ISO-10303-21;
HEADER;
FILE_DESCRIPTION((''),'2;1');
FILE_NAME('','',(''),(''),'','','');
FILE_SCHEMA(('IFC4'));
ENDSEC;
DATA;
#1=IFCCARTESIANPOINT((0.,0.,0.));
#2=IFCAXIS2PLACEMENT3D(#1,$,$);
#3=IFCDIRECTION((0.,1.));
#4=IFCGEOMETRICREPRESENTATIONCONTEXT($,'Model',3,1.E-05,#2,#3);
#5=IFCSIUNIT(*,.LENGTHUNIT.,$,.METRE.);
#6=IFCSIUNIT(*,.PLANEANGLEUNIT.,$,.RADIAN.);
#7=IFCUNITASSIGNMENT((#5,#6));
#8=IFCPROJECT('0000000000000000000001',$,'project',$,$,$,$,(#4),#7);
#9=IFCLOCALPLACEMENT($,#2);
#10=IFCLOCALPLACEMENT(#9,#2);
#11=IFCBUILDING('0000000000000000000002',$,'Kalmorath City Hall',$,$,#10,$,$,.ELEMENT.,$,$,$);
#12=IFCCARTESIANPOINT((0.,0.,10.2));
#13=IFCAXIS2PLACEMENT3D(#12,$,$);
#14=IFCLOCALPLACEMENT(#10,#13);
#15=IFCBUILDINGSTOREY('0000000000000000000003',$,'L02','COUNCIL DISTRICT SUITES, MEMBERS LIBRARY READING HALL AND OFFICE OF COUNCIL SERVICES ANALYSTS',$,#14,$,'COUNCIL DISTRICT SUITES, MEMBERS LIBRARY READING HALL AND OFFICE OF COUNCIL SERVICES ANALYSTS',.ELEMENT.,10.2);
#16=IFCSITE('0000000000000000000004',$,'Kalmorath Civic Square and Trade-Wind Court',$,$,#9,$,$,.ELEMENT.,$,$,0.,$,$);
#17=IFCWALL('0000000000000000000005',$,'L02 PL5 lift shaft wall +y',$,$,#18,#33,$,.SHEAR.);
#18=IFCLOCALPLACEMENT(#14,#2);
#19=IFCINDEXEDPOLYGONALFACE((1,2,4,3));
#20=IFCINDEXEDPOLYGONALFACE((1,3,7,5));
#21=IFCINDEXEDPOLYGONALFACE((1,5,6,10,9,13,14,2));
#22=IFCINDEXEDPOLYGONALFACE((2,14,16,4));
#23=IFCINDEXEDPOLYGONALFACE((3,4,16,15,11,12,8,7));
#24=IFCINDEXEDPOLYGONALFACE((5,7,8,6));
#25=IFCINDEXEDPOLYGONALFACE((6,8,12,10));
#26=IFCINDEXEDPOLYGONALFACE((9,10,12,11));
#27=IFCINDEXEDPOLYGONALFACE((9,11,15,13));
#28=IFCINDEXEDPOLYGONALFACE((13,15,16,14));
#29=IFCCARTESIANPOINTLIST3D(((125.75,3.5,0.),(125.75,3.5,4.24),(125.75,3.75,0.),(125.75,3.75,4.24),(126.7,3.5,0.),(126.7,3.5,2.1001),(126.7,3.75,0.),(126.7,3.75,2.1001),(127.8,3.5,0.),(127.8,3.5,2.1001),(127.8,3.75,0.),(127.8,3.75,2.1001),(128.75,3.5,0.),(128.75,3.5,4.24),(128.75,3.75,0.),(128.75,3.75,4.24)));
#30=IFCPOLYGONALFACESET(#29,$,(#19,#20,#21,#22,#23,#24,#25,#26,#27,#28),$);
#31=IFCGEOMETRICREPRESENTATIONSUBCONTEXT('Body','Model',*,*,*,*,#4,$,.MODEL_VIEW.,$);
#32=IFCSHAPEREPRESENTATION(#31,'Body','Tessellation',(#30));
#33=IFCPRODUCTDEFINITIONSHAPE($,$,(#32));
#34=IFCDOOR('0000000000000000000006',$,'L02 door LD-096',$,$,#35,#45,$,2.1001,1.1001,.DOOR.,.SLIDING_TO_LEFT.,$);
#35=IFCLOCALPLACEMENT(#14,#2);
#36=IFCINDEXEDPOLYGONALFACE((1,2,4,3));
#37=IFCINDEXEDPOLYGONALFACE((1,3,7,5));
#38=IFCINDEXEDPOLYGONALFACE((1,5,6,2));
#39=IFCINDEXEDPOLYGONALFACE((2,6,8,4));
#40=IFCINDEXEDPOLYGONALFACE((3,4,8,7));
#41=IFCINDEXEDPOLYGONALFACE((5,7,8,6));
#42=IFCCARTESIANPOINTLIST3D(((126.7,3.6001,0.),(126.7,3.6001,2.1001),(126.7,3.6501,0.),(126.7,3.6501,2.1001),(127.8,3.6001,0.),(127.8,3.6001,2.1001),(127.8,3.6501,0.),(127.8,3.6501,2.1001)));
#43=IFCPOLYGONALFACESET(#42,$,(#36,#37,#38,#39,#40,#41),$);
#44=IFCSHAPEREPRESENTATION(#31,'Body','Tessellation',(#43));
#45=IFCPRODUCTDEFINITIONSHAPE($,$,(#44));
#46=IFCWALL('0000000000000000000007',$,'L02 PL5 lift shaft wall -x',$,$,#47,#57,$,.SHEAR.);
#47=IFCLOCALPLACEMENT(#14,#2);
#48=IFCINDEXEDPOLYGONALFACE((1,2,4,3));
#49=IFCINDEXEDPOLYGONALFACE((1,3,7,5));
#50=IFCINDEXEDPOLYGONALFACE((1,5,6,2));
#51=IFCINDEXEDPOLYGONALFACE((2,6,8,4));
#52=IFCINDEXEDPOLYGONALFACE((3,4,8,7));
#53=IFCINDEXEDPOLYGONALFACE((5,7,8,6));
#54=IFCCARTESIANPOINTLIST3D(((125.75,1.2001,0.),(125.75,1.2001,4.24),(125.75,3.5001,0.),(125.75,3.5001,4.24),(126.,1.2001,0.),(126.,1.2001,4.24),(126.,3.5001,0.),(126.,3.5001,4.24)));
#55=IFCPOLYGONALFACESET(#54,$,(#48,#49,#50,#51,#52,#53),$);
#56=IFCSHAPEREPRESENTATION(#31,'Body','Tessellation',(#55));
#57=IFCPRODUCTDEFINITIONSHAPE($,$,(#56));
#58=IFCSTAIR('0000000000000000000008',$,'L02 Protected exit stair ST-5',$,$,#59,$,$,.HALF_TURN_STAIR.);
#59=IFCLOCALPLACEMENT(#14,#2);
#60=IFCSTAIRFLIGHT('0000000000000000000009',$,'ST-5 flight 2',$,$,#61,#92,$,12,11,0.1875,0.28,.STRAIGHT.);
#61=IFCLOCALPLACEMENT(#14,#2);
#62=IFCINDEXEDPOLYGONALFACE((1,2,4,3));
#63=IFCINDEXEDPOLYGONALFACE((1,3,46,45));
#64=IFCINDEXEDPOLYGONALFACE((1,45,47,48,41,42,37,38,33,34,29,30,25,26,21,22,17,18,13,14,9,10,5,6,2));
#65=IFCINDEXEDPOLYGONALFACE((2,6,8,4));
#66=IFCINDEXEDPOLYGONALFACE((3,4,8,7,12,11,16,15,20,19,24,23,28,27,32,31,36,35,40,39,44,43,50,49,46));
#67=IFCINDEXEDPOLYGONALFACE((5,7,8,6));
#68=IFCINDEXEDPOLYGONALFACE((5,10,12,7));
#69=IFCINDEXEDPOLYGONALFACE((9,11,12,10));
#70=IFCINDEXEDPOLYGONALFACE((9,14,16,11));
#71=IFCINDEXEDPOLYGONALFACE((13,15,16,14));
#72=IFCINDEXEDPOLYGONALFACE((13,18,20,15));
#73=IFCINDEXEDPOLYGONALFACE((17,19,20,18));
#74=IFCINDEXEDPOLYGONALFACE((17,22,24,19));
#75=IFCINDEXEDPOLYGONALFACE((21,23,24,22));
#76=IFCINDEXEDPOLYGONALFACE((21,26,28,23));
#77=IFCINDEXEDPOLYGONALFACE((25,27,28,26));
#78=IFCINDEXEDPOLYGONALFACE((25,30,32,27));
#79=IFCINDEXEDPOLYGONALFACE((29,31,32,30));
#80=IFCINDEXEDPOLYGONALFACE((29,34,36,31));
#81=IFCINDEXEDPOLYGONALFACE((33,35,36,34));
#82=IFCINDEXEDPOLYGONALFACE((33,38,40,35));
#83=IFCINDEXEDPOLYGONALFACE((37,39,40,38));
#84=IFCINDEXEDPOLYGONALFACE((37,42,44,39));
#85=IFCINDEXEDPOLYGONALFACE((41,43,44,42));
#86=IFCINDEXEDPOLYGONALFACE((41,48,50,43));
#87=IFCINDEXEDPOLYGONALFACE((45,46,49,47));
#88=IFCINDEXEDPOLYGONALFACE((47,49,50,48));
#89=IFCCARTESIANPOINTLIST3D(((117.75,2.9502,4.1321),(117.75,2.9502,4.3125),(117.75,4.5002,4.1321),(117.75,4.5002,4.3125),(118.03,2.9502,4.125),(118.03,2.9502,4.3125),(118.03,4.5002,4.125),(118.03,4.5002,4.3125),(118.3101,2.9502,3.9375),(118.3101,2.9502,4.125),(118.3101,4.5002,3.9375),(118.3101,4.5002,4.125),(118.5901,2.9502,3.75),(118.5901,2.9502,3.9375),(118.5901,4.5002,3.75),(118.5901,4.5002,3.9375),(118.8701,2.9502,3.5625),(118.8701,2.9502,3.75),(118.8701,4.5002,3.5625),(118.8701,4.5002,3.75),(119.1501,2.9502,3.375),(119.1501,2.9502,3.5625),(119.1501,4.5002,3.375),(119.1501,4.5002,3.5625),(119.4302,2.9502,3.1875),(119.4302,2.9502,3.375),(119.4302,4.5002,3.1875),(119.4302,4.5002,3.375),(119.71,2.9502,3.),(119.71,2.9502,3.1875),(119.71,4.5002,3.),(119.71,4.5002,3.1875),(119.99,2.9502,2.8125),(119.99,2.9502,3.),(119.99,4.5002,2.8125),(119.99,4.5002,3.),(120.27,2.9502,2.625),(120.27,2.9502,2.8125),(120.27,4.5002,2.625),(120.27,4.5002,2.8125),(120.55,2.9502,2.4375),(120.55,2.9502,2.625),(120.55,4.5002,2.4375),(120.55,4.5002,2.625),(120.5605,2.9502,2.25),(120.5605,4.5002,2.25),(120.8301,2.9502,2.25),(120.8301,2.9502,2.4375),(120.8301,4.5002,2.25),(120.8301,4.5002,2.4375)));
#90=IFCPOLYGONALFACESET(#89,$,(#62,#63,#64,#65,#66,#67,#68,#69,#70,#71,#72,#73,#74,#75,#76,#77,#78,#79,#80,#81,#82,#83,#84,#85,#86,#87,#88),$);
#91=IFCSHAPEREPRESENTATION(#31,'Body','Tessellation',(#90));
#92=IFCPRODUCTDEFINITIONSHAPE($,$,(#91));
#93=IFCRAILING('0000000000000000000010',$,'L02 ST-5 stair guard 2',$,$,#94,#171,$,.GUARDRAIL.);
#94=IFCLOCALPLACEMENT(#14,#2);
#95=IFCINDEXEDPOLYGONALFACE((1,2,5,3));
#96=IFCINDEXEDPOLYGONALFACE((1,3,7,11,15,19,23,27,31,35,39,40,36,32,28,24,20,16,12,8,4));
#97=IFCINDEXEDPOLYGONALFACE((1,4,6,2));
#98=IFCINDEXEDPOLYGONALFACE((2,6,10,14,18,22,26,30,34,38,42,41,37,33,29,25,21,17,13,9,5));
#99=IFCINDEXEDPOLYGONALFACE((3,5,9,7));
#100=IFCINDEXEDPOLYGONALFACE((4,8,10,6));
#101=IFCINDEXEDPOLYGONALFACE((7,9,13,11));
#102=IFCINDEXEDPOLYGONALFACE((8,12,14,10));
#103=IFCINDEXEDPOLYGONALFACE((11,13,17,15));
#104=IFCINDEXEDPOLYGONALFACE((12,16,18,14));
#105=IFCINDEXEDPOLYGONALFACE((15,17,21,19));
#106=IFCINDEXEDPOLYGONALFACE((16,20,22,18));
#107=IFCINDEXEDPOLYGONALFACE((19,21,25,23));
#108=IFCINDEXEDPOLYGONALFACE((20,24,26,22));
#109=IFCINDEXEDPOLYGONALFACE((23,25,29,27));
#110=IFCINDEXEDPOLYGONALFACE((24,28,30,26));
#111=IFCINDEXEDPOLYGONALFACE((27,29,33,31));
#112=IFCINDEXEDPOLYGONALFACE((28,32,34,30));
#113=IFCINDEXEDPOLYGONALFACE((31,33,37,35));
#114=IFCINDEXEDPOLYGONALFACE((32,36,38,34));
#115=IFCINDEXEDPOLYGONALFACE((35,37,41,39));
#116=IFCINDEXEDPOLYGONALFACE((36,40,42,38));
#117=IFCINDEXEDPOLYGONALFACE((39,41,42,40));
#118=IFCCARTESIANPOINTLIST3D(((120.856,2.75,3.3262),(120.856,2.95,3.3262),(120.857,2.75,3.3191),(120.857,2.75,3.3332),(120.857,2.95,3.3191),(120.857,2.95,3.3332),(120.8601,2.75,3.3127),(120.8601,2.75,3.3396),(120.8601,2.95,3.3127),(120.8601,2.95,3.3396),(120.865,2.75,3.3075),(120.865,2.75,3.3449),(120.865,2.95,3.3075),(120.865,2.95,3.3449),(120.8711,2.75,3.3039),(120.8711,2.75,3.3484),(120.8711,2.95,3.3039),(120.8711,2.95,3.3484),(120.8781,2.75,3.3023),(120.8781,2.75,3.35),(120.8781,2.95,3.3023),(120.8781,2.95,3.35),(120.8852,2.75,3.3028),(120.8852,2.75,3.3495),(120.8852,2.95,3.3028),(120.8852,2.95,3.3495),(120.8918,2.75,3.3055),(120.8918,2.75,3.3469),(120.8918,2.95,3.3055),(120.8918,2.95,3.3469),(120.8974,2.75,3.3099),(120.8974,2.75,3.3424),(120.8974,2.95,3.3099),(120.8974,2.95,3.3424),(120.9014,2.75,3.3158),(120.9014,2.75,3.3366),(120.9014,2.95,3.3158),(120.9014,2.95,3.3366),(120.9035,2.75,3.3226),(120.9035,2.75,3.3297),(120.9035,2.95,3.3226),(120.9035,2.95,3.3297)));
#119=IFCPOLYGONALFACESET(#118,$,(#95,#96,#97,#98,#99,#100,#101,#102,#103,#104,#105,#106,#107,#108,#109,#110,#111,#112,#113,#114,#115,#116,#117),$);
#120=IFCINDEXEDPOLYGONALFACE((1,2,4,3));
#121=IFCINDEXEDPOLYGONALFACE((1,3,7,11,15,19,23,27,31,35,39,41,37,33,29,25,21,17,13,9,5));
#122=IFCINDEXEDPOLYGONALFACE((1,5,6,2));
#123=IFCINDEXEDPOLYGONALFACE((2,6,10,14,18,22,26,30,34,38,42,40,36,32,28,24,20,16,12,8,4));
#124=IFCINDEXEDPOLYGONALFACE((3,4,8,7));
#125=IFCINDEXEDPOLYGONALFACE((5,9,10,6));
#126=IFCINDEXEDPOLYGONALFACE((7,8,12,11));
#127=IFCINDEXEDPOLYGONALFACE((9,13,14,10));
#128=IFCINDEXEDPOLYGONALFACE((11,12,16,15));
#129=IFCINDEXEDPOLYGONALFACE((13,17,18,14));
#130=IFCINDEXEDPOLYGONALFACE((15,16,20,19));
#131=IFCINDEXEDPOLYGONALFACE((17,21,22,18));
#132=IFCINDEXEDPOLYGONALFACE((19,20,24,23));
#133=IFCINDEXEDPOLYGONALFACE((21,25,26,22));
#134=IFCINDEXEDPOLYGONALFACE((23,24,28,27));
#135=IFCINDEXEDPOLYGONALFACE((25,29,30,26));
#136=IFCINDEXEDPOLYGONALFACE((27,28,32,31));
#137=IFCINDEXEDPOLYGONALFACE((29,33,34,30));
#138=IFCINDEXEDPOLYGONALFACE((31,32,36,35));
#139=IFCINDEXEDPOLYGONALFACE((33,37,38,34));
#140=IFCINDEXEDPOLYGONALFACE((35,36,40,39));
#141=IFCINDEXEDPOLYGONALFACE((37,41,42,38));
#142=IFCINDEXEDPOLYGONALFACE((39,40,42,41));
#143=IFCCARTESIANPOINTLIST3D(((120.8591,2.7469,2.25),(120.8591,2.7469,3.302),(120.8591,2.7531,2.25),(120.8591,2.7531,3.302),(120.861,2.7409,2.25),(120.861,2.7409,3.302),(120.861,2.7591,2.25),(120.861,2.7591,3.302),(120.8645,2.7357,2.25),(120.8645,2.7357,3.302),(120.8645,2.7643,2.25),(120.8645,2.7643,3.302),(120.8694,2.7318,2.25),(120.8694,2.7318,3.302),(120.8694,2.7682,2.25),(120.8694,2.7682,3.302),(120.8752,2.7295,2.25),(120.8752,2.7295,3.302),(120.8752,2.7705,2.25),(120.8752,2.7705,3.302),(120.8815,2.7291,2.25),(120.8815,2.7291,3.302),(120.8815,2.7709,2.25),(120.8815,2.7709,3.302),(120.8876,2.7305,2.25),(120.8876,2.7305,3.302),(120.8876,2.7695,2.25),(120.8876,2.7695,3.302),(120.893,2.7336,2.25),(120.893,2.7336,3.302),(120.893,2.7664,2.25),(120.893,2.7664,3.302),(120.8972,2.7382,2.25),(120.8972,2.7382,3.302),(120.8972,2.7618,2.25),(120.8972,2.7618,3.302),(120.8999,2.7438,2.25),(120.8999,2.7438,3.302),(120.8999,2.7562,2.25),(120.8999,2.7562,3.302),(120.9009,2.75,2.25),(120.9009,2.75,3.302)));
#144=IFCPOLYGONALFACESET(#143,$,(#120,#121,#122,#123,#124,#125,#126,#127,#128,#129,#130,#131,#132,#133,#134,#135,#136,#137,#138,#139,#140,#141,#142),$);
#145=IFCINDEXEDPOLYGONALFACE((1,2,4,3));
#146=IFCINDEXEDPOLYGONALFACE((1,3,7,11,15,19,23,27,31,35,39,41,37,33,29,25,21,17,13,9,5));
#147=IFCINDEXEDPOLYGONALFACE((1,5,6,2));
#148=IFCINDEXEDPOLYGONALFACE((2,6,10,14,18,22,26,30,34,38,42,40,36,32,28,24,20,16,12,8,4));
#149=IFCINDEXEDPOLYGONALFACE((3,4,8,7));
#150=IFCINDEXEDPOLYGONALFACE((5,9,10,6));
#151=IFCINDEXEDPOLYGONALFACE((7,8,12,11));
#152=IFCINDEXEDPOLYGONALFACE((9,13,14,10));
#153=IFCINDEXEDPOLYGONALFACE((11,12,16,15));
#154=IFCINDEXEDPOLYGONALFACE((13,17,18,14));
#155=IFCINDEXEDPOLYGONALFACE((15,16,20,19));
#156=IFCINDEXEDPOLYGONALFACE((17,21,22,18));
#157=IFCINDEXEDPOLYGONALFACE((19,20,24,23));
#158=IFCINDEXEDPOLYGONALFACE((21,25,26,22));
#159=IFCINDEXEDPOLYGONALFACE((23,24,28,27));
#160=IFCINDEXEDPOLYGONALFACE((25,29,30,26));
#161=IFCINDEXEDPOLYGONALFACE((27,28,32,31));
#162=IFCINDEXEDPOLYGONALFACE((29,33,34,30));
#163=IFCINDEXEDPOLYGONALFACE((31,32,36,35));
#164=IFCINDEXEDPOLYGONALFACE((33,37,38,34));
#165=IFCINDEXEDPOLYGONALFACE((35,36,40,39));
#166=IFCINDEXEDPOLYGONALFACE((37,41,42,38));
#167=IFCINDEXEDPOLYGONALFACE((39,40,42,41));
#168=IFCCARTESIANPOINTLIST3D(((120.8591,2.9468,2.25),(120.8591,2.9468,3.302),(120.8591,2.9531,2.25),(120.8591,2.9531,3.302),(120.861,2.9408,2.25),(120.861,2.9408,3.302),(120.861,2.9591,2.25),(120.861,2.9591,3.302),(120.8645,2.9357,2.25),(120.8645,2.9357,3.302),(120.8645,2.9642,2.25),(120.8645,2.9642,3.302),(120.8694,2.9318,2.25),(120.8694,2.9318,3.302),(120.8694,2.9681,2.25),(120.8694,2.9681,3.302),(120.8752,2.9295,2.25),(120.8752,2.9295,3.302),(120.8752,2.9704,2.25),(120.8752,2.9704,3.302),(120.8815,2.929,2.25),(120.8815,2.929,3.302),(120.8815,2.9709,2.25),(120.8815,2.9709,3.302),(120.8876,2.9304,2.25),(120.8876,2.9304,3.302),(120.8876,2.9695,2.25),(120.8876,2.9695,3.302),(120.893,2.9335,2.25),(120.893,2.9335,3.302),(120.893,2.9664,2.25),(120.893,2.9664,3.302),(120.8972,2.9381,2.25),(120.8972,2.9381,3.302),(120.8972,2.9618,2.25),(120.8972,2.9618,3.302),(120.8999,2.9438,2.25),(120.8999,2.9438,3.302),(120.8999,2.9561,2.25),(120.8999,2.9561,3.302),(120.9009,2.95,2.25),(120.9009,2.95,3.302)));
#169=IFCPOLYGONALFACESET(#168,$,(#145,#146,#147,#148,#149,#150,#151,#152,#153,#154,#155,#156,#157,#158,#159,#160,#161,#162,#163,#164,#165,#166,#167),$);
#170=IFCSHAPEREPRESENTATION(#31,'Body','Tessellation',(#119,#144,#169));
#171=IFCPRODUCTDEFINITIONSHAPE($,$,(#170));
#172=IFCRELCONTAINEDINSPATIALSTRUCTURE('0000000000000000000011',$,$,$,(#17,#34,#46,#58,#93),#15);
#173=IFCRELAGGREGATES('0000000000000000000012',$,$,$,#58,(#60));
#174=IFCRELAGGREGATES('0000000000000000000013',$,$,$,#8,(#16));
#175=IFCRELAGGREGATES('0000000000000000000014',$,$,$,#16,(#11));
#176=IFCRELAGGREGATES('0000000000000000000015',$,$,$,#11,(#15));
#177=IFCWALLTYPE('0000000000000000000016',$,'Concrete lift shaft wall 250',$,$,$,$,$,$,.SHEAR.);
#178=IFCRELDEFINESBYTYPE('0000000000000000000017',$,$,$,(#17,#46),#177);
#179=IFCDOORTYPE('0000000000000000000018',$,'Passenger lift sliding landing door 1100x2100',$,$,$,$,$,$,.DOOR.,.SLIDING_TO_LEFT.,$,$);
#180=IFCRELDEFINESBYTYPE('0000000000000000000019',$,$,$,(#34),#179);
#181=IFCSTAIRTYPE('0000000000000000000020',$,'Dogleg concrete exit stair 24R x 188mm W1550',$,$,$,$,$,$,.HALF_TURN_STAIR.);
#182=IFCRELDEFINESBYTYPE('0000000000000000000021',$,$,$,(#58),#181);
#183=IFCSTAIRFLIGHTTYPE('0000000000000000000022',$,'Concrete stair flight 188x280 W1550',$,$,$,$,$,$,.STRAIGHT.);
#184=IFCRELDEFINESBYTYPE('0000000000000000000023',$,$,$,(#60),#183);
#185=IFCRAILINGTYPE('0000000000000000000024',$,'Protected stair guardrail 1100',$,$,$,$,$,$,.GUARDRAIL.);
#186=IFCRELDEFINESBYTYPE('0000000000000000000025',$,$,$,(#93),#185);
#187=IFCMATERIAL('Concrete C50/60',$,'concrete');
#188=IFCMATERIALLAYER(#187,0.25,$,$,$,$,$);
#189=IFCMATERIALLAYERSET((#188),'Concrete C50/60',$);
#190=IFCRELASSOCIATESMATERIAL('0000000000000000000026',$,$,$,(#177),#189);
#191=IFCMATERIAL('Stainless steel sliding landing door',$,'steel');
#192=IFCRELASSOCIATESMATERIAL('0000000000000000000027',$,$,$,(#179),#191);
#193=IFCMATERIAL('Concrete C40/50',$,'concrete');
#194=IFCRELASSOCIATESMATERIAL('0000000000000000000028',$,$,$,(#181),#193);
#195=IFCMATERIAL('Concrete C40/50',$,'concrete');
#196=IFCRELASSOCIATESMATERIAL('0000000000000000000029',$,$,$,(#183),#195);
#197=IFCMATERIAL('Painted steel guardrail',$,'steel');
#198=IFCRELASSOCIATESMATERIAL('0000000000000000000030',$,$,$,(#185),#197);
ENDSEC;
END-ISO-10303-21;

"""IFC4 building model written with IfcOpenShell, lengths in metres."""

from ifc_helpers import new_model, si_unit, direction, frame, frame_2d, origin, origin_2d, place, context, subcontext, project, spatial, polyline, rectangle, circle, outline, extrude, material, layer, layer_set, type_object, element, fill, aggregate, save


model = new_model("IFC4")

# Units and contexts
model_context = context("Model", 3, precision=1e-05, world=origin(), true_north=direction((0.0, 1.0)))
body_context = subcontext(model_context, "Body", "Model", "MODEL_VIEW")
ifc_project = project(units=[si_unit("LENGTHUNIT", "METRE"), si_unit("PLANEANGLEUNIT", "RADIAN")], contexts=[model_context])

# Site, building, storey
site_placement = place(None, origin())
site = spatial("IfcSite", under=ifc_project, at=site_placement, Name="Kalmorath Civic Square and Trade-Wind Court", CompositionType="ELEMENT", RefElevation=0.0)
building_placement = place(site_placement, origin())
building = spatial("IfcBuilding", under=site, at=building_placement, Name="Kalmorath City Hall", CompositionType="ELEMENT")
storey_placement = place(building_placement, frame((0.0, 0.0, 10.2)))
storey = spatial("IfcBuildingStorey", under=building, at=storey_placement, Name="L02", Description="COUNCIL DISTRICT SUITES, MEMBERS LIBRARY READING HALL AND OFFICE OF COUNCIL SERVICES ANALYSTS", LongName="COUNCIL DISTRICT SUITES, MEMBERS LIBRARY READING HALL AND OFFICE OF COUNCIL SERVICES ANALYSTS", CompositionType="ELEMENT", Elevation=10.2)

# Wall, opening, door
ifc_material_1 = material(Name="Concrete C50/60", Category="concrete")
ifc_layer_1 = layer(ifc_material_1, 0.25)
ifc_layer_set_1 = layer_set([ifc_layer_1], Name="Concrete C50/60")
wall_type_1 = type_object("IfcWallType", Name="Concrete lift shaft wall 250", PredefinedType="SHEAR", material=ifc_layer_set_1)
wall_1_placement = place(storey_placement, frame((128.75, 3.625, 0.0), z_axis=(0.0, 0.0, 1.0), x_axis=(-1.0, 0.0, 0.0)))
wall_1 = element("IfcWall", 1, at=wall_1_placement, inside=storey, type_object=wall_type_1, Name="L02 PL5 lift shaft wall +y", PredefinedType="SHEAR", context=body_context, shape_type="SweptSolid", body=[
    extrude(rectangle(XDim=3.0, YDim=0.25, at=frame_2d((1.5, 0.0))), origin(), (0.0, 0.0, 1.0), 4.24),
])
opening_1_placement = place(wall_1_placement, frame((0.95, 0.0, 0.0)))
opening_1 = element("IfcOpeningElement", 2, at=opening_1_placement, cuts=wall_1, PredefinedType="OPENING", context=body_context, shape_type="SweptSolid", body=[
    extrude(rectangle(XDim=1.1001, YDim=2.1001, at=frame_2d((0.55, 1.05))), frame((0.0, 0.135, 0.0), z_axis=(0.0, -1.0, 0.0), x_axis=(1.0, 0.0, 0.0)), (0.0, 0.0, 1.0), 0.27),
])
ifc_material_2 = material(Name="Stainless steel sliding landing door", Category="steel")
door_type_1 = type_object("IfcDoorType", Name="Passenger lift sliding landing door 1100x2100", OperationType="SLIDING_TO_LEFT", PredefinedType="DOOR", material=ifc_material_2)
door_1_placement = place(opening_1_placement, origin())
door_1 = element("IfcDoor", 3, at=door_1_placement, inside=storey, type_object=door_type_1, Name="L02 door LD-096", OperationType="SLIDING_TO_LEFT", OverallHeight=2.1001, OverallWidth=1.1001, PredefinedType="DOOR", context=body_context, shape_type="SweptSolid", body=[
    extrude(rectangle(XDim=1.1001, YDim=2.1001, at=frame_2d((0.55, 1.05))), frame((0.0, 0.0249, 0.0), z_axis=(0.0, -1.0, 0.0), x_axis=(1.0, 0.0, 0.0)), (0.0, 0.0, 1.0), 0.05),
])
fill(opening_1, door_1)

# Wall
wall_2_placement = place(storey_placement, frame((125.875, 3.5, 0.0), z_axis=(0.0, 0.0, 1.0), x_axis=(0.0, -1.0, 0.0)))
element("IfcWall", 4, at=wall_2_placement, inside=storey, type_object=wall_type_1, Name="L02 PL5 lift shaft wall -x", PredefinedType="SHEAR", context=body_context, shape_type="SweptSolid", body=[
    extrude(rectangle(XDim=2.3, YDim=0.25, at=frame_2d((1.1499, 0.0))), origin(), (0.0, 0.0, 1.0), 4.24),
])

# Stair, stair flight
ifc_material_3 = material(Name="Concrete C40/50", Category="concrete")
stair_type = type_object("IfcStairType", Name="Dogleg concrete exit stair 24R x 188mm W1550", PredefinedType="HALF_TURN_STAIR", material=ifc_material_3)
stair_placement = place(storey_placement, origin())
stair = element("IfcStair", 5, at=stair_placement, inside=storey, type_object=stair_type, Name="L02 Protected exit stair ST-5", PredefinedType="HALF_TURN_STAIR")
ifc_material_4 = material(Name="Concrete C40/50", Category="concrete")
stair_flight_type = type_object("IfcStairFlightType", Name="Concrete stair flight 188x280 W1550", PredefinedType="STRAIGHT", material=ifc_material_4)
stair_flight_placement = place(storey_placement, frame((120.8301, 3.7251, 2.25), z_axis=(0.0, 0.0, 1.0), x_axis=(-1.0, 0.0, 0.0)))
stair_flight = element("IfcStairFlight", 6, at=stair_flight_placement, type_object=stair_flight_type, Name="ST-5 flight 2", NumberOfRisers=12, NumberOfTreads=11, PredefinedType="STRAIGHT", RiserHeight=0.1875, TreadLength=0.28, context=body_context, shape_type="SweptSolid", body=[
    extrude(outline(polyline([(0.0, 0.0), (0.0, 0.1875), (0.28, 0.1875), (0.28, 0.375), (0.5601, 0.375), (0.5601, 0.5625), (0.8401, 0.5625), (0.8401, 0.75), (1.1201, 0.75), (1.1201, 0.9375), (1.3999, 0.9375), (1.3999, 1.125), (1.6799, 1.125), (1.6799, 1.3125), (1.96, 1.3125), (1.96, 1.5), (2.24, 1.5), (2.24, 1.6875), (2.52, 1.6875), (2.52, 1.875), (2.8, 1.875), (2.8, 2.0625), (3.0801, 2.0625), (3.0801, 2.25), (3.0801, 1.8821), (0.2695, 0.0), (0.0, 0.0)])), frame((0.0, 0.7749, 0.0), z_axis=(0.0, -1.0, 0.0), x_axis=(1.0, 0.0, 0.0)), (0.0, 0.0, 1.0), 1.55),
])
aggregate(stair, [stair_flight])

# Railing
ifc_material_5 = material(Name="Painted steel guardrail", Category="steel")
railing_type_1 = type_object("IfcRailingType", Name="Protected stair guardrail 1100", PredefinedType="GUARDRAIL", material=ifc_material_5)
railing_1_placement = place(storey_placement, frame((120.8799, 2.75, 2.25)))
element("IfcRailing", 7, at=railing_1_placement, inside=storey, type_object=railing_type_1, Name="L02 ST-5 stair guard 2", PredefinedType="GUARDRAIL", context=body_context, shape_type="SweptSolid", body=[
    extrude(circle(Radius=0.0239, at=origin_2d()), frame((0.0, 0.0, 1.0762), z_axis=(0.0, 1.0, 0.0), x_axis=(-1.0, 0.0, 0.0)), (0.0, 0.0, 1.0), 0.2),
    extrude(circle(Radius=0.021, at=origin_2d()), origin(), (0.0, 0.0, 1.0), 1.052),
    extrude(circle(Radius=0.021, at=origin_2d()), frame((0.0, 0.2, 0.0)), (0.0, 0.0, 1.0), 1.052),
])

save(model, "model.ifc")
